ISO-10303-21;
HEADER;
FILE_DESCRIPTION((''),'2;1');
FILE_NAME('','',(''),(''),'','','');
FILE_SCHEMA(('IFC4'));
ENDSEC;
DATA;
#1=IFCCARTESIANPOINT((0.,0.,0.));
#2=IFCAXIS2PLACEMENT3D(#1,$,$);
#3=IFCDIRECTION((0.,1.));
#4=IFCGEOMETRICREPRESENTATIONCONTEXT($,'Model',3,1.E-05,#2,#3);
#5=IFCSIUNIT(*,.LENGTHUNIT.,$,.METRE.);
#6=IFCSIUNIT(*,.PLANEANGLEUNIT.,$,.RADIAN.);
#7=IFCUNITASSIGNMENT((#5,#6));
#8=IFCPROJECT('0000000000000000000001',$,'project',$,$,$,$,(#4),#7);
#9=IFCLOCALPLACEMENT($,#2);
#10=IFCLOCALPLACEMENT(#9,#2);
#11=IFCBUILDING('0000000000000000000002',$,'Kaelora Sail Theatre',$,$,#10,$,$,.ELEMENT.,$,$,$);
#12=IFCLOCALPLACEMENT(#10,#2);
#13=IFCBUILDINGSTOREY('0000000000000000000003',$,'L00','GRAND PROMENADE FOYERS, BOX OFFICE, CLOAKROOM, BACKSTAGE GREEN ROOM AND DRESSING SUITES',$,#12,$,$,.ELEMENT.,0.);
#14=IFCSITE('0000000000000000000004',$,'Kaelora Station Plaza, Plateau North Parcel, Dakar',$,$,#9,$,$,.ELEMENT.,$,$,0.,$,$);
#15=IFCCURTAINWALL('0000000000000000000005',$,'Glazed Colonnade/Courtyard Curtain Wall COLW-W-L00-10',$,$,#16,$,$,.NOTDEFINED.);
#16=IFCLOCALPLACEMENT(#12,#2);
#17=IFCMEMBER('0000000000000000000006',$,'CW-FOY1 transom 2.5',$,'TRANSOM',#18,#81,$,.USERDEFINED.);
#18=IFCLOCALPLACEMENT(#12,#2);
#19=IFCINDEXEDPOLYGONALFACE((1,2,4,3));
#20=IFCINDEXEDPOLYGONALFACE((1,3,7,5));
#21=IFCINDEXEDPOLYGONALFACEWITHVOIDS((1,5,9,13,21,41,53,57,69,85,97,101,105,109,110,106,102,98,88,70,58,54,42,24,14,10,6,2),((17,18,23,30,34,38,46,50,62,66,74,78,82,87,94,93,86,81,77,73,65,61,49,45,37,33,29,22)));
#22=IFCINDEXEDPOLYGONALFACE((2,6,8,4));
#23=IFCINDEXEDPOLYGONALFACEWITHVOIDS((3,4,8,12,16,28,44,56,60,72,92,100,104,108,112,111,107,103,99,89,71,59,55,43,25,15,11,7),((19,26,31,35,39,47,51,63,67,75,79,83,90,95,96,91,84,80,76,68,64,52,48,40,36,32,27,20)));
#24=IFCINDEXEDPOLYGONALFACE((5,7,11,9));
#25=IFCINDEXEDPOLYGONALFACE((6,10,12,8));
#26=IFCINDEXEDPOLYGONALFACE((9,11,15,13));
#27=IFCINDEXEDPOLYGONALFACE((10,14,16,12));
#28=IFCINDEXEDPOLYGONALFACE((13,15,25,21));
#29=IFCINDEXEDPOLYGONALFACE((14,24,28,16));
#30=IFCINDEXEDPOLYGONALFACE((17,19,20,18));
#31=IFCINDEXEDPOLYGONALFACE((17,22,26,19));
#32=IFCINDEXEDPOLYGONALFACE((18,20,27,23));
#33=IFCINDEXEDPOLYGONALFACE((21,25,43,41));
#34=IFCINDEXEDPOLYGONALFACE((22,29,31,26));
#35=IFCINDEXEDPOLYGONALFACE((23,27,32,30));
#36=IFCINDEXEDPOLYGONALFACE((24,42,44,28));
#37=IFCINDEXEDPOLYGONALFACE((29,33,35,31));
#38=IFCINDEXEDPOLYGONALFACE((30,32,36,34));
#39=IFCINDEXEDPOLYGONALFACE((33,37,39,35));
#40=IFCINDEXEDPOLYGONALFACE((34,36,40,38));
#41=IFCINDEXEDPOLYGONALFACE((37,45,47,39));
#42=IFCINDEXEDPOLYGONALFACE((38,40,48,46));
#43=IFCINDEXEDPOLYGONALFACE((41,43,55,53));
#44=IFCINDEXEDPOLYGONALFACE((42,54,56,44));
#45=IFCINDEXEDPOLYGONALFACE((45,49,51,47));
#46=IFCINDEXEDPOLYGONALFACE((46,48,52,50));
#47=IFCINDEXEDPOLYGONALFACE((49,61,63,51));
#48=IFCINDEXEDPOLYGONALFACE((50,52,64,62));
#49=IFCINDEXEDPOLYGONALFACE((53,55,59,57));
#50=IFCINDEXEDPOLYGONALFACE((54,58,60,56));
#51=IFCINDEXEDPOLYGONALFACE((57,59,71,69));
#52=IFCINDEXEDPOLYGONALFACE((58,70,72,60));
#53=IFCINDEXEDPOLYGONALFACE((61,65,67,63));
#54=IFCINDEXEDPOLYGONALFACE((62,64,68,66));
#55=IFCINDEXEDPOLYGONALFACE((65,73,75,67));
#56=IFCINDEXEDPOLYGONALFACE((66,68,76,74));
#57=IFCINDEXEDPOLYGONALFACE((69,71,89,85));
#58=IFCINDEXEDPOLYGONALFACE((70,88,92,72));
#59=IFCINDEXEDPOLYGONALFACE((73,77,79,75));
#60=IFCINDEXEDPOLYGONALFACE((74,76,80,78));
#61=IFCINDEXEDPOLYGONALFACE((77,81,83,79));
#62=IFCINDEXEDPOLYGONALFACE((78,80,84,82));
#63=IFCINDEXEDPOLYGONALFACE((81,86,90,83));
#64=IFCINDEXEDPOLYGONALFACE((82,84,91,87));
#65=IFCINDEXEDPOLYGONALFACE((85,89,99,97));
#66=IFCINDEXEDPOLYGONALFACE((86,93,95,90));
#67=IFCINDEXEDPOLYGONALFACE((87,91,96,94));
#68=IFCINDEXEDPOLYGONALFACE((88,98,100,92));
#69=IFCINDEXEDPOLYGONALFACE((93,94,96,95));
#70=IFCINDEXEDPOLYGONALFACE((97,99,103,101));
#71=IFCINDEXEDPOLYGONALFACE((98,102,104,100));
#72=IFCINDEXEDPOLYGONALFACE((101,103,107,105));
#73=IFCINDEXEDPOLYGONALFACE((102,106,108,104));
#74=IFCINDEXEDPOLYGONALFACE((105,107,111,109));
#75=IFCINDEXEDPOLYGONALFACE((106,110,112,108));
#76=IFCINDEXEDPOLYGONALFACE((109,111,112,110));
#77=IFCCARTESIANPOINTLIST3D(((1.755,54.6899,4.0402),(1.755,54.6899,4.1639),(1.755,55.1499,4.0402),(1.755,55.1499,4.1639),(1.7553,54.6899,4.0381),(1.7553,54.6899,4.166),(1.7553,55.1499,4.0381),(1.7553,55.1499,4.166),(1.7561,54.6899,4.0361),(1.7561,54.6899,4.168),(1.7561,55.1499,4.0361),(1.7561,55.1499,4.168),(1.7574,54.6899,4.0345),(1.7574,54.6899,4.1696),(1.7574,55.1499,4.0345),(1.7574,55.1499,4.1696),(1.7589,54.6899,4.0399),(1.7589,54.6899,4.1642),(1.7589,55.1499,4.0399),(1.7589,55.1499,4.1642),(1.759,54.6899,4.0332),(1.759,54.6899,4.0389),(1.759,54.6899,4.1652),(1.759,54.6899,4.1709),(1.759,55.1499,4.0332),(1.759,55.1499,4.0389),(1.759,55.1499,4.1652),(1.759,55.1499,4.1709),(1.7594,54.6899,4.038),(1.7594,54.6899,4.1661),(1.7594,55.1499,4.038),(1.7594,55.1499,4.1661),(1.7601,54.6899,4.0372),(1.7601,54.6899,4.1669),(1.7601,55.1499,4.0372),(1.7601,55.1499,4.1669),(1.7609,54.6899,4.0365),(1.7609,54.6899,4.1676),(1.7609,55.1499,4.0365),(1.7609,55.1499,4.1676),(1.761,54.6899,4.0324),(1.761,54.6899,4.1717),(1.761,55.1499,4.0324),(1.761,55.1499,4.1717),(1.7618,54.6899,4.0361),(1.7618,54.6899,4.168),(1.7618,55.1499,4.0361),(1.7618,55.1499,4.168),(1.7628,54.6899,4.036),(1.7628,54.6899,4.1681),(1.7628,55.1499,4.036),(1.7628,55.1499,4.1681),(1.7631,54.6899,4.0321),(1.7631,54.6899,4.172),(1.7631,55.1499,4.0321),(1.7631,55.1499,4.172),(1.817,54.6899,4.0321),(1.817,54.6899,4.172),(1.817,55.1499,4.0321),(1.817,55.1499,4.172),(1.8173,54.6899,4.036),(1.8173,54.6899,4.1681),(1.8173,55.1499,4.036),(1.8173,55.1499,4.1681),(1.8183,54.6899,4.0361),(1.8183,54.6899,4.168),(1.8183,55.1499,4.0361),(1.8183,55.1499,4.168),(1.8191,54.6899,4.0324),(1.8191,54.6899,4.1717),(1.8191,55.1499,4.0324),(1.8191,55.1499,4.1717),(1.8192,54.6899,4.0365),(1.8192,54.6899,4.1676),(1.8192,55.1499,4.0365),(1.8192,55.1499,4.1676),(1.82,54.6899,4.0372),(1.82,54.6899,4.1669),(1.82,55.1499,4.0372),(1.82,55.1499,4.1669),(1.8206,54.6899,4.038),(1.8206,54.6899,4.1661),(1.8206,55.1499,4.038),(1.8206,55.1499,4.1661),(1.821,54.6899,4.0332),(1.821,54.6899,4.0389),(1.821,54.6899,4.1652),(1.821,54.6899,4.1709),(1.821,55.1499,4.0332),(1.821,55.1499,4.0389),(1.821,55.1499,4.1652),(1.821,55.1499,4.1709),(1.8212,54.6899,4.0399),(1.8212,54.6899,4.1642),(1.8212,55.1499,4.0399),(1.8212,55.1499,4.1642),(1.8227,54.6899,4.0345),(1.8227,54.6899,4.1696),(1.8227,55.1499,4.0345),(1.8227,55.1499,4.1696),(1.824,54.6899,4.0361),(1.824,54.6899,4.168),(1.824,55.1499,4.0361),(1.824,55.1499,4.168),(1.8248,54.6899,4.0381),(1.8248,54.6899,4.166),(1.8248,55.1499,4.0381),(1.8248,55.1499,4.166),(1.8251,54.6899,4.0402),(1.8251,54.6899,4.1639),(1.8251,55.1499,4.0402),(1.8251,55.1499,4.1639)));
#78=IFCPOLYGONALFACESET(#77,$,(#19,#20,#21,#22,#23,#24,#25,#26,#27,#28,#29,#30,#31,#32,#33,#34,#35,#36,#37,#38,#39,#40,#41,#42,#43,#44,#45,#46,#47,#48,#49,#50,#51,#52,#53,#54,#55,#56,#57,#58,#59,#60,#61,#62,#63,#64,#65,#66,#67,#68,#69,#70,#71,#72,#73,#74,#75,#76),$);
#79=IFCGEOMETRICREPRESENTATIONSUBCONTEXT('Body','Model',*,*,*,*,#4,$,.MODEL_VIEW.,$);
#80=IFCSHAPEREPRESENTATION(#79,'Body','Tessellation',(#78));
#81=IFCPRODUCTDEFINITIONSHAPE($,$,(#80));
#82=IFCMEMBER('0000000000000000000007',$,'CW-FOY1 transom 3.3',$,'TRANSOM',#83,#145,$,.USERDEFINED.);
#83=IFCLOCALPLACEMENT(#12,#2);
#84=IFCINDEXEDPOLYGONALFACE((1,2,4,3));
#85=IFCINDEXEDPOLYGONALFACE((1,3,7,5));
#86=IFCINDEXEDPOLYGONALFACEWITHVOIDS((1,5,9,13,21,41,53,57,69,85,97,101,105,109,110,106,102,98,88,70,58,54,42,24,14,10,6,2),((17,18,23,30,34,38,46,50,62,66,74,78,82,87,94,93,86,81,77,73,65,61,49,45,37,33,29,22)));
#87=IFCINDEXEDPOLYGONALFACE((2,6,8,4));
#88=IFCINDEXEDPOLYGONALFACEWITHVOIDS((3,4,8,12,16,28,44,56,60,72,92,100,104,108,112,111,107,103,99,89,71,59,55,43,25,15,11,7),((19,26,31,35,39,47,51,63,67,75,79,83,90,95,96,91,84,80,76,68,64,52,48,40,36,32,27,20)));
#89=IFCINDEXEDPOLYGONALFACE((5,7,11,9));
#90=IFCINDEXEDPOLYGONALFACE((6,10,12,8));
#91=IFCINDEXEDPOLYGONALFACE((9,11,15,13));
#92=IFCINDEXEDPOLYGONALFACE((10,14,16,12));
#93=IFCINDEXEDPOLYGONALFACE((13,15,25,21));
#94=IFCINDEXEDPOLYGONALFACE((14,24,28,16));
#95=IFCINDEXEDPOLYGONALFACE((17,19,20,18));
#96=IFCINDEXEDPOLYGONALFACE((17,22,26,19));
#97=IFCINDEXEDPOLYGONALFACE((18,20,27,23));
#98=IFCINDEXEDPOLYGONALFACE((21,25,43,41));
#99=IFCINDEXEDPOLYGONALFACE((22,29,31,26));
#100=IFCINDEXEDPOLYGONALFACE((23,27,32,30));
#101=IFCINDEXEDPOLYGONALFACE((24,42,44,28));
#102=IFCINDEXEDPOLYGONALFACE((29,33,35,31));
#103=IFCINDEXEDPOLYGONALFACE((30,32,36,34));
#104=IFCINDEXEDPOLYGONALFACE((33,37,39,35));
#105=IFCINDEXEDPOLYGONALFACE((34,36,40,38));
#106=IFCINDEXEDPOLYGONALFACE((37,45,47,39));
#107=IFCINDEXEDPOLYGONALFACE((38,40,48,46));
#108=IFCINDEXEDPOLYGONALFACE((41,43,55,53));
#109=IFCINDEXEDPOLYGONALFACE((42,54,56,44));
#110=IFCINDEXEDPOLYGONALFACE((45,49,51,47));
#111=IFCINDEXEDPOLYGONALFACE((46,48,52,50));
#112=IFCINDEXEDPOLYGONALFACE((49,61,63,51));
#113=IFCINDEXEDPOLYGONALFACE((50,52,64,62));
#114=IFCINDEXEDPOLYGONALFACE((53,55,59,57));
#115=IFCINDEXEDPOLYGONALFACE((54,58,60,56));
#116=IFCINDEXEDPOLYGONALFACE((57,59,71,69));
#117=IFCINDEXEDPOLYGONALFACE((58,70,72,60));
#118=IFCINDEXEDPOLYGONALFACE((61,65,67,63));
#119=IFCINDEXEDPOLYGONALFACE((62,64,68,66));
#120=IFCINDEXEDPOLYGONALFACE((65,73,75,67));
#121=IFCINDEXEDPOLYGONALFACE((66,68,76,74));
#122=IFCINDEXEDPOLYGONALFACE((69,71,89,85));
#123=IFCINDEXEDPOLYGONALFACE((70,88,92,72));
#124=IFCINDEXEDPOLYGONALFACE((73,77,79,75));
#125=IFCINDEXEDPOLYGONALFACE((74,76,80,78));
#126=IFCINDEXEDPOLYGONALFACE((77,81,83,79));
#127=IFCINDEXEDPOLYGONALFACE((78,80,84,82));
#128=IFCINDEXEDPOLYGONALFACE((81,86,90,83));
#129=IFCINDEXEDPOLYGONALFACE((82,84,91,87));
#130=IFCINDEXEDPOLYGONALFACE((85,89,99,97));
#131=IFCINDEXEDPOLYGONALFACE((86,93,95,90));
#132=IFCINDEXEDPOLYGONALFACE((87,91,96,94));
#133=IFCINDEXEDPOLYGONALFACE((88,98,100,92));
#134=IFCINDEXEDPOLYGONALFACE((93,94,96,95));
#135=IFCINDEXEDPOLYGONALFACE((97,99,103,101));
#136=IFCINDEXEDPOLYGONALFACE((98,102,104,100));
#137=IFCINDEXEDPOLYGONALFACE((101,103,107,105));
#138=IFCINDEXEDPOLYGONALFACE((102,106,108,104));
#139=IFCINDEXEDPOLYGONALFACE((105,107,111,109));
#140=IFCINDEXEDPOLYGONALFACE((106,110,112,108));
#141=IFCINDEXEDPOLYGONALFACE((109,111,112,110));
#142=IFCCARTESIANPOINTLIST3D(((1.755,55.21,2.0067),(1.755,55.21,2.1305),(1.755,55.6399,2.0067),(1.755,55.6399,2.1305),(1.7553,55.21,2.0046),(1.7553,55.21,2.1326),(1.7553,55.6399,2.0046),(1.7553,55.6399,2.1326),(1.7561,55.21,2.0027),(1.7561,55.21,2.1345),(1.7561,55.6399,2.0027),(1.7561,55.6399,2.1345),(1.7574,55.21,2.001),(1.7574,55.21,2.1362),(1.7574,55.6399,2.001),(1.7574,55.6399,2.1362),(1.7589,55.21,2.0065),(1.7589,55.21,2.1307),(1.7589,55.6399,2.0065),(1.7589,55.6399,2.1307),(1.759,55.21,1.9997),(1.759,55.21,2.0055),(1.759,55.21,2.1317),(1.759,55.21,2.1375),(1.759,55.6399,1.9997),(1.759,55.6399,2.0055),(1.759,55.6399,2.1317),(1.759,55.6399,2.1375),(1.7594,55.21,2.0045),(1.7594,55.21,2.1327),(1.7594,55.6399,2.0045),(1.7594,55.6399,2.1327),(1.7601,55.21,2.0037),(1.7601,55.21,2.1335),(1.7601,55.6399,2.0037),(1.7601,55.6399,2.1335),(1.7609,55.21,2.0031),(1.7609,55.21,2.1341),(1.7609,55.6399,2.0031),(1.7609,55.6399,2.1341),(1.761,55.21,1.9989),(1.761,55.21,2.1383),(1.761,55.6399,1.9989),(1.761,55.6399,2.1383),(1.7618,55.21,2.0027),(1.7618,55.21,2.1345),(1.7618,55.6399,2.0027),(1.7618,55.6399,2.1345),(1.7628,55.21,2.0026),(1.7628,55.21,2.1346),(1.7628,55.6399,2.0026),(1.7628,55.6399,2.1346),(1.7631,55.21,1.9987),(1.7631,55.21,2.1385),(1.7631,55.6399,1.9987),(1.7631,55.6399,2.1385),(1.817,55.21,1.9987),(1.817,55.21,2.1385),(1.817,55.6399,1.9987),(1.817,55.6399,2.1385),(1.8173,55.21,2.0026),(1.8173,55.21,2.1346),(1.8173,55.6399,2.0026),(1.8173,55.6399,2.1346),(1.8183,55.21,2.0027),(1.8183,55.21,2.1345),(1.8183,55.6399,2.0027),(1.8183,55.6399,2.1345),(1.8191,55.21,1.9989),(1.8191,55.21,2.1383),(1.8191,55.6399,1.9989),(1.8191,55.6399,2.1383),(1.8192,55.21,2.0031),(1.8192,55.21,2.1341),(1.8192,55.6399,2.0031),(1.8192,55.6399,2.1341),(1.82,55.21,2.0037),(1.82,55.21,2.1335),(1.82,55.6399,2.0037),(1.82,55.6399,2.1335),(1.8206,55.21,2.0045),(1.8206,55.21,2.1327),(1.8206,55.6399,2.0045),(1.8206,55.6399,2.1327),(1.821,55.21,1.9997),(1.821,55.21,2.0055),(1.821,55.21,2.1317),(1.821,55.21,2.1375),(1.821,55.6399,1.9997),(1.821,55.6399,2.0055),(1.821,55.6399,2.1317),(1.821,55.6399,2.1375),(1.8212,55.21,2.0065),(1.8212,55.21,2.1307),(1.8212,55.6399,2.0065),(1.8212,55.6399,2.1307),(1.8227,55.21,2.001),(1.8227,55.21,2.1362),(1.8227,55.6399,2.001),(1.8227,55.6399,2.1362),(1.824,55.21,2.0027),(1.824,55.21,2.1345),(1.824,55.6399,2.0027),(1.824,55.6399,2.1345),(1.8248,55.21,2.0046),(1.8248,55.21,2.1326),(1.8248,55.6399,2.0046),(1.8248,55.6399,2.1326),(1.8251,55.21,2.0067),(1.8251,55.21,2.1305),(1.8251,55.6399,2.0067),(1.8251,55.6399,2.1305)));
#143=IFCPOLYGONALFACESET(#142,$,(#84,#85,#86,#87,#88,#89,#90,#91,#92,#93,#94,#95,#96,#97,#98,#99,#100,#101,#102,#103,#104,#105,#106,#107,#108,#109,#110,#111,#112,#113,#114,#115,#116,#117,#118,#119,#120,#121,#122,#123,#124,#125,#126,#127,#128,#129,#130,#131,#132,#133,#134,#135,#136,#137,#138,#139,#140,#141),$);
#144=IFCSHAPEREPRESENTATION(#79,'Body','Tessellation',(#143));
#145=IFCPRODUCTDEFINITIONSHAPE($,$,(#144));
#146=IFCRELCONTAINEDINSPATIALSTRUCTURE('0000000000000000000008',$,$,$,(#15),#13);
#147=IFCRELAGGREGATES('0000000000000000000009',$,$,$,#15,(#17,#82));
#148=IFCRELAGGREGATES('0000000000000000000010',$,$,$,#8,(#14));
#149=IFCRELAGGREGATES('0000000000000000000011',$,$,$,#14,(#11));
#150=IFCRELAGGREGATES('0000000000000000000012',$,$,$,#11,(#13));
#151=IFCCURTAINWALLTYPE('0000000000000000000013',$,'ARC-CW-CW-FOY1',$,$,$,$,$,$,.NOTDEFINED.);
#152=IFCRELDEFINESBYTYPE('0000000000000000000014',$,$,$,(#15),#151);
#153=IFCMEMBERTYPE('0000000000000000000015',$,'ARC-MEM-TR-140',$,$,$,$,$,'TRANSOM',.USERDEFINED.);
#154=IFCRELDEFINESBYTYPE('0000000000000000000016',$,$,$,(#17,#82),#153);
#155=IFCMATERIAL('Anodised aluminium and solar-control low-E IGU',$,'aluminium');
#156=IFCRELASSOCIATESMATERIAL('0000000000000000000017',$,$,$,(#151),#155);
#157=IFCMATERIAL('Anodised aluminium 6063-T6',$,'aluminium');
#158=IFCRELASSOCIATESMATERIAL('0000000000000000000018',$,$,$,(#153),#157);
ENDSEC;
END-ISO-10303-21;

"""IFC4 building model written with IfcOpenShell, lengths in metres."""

from ifc_helpers import new_model, si_unit, direction, frame, origin, origin_2d, place, context, subcontext, project, spatial, hollow_rectangle, extrude, material, material_profile, profile_set, type_object, element, aggregate, save


model = new_model("IFC4")

# Units and contexts
model_context = context("Model", 3, precision=1e-05, world=origin(), true_north=direction((0.0, 1.0)))
body_context = subcontext(model_context, "Body", "Model", "MODEL_VIEW")
ifc_project = project(units=[si_unit("LENGTHUNIT", "METRE"), si_unit("PLANEANGLEUNIT", "RADIAN")], contexts=[model_context])

# Site, building, storey
site_placement = place(None, origin())
site = spatial("IfcSite", under=ifc_project, at=site_placement, Name="Kaelora Station Plaza, Plateau North Parcel, Dakar", CompositionType="ELEMENT", RefElevation=0.0)
building_placement = place(site_placement, origin())
building = spatial("IfcBuilding", under=site, at=building_placement, Name="Kaelora Sail Theatre", CompositionType="ELEMENT")
storey_placement = place(building_placement, origin())
storey = spatial("IfcBuildingStorey", under=building, at=storey_placement, Name="L00", Description="GRAND PROMENADE FOYERS, BOX OFFICE, CLOAKROOM, BACKSTAGE GREEN ROOM AND DRESSING SUITES", CompositionType="ELEMENT", Elevation=0.0)

# Curtain wall, members
ifc_material_1 = material(Name="Anodised aluminium and solar-control low-E IGU", Category="aluminium")
curtain_wall_type = type_object("IfcCurtainWallType", Name="ARC-CW-CW-FOY1", PredefinedType="NOTDEFINED", material=ifc_material_1)
ifc_material_2 = material(Name="Anodised aluminium 6063-T6", Category="aluminium")
ifc_material_profile = material_profile(ifc_material_2, hollow_rectangle(XDim=0.0701, YDim=0.1399, WallThickness=0.0039, InnerFilletRadius=0.0039, OuterFilletRadius=0.0081, at=origin_2d()), Name="ALU-TRAN 70x140x4")
ifc_profile_set = profile_set([ifc_material_profile], Name="Anodised aluminium 6063-T6")
member_type = type_object("IfcMemberType", Name="ARC-MEM-TR-140", ElementType="TRANSOM", PredefinedType="USERDEFINED", material=ifc_profile_set)
curtain_wall_1_placement = place(storey_placement, origin())
curtain_wall_1 = element("IfcCurtainWall", 1, at=curtain_wall_1_placement, inside=storey, type_object=curtain_wall_type, Name="Glazed Colonnade/Courtyard Curtain Wall COLW-W-L00-10", PredefinedType="NOTDEFINED")
member_1_placement = place(storey_placement, frame((1.79, 54.6899, 4.1021), z_axis=(0.0, 1.0, 0.0), x_axis=(-1.0, 0.0, 0.0)))
member_1 = element("IfcMember", 2, at=member_1_placement, type_object=member_type, Name="CW-FOY1 transom 2.5", ObjectType="TRANSOM", PredefinedType="USERDEFINED", context=body_context, shape_type="SweptSolid", body=[
    extrude(hollow_rectangle(XDim=0.0701, YDim=0.1399, WallThickness=0.0039, InnerFilletRadius=0.0039, OuterFilletRadius=0.0081, at=origin_2d()), origin(), (0.0, 0.0, 1.0), 0.46),
])
member_2_placement = place(storey_placement, frame((1.79, 55.21, 2.0686), z_axis=(0.0, 1.0, 0.0), x_axis=(-1.0, 0.0, 0.0)))
member_2 = element("IfcMember", 3, at=member_2_placement, type_object=member_type, Name="CW-FOY1 transom 3.3", ObjectType="TRANSOM", PredefinedType="USERDEFINED", context=body_context, shape_type="SweptSolid", body=[
    extrude(hollow_rectangle(XDim=0.0701, YDim=0.1399, WallThickness=0.0039, InnerFilletRadius=0.0039, OuterFilletRadius=0.0081, at=origin_2d()), origin(), (0.0, 0.0, 1.0), 0.4299),
])

aggregate(curtain_wall_1, [member_1, member_2])

save(model, "model.ifc")
